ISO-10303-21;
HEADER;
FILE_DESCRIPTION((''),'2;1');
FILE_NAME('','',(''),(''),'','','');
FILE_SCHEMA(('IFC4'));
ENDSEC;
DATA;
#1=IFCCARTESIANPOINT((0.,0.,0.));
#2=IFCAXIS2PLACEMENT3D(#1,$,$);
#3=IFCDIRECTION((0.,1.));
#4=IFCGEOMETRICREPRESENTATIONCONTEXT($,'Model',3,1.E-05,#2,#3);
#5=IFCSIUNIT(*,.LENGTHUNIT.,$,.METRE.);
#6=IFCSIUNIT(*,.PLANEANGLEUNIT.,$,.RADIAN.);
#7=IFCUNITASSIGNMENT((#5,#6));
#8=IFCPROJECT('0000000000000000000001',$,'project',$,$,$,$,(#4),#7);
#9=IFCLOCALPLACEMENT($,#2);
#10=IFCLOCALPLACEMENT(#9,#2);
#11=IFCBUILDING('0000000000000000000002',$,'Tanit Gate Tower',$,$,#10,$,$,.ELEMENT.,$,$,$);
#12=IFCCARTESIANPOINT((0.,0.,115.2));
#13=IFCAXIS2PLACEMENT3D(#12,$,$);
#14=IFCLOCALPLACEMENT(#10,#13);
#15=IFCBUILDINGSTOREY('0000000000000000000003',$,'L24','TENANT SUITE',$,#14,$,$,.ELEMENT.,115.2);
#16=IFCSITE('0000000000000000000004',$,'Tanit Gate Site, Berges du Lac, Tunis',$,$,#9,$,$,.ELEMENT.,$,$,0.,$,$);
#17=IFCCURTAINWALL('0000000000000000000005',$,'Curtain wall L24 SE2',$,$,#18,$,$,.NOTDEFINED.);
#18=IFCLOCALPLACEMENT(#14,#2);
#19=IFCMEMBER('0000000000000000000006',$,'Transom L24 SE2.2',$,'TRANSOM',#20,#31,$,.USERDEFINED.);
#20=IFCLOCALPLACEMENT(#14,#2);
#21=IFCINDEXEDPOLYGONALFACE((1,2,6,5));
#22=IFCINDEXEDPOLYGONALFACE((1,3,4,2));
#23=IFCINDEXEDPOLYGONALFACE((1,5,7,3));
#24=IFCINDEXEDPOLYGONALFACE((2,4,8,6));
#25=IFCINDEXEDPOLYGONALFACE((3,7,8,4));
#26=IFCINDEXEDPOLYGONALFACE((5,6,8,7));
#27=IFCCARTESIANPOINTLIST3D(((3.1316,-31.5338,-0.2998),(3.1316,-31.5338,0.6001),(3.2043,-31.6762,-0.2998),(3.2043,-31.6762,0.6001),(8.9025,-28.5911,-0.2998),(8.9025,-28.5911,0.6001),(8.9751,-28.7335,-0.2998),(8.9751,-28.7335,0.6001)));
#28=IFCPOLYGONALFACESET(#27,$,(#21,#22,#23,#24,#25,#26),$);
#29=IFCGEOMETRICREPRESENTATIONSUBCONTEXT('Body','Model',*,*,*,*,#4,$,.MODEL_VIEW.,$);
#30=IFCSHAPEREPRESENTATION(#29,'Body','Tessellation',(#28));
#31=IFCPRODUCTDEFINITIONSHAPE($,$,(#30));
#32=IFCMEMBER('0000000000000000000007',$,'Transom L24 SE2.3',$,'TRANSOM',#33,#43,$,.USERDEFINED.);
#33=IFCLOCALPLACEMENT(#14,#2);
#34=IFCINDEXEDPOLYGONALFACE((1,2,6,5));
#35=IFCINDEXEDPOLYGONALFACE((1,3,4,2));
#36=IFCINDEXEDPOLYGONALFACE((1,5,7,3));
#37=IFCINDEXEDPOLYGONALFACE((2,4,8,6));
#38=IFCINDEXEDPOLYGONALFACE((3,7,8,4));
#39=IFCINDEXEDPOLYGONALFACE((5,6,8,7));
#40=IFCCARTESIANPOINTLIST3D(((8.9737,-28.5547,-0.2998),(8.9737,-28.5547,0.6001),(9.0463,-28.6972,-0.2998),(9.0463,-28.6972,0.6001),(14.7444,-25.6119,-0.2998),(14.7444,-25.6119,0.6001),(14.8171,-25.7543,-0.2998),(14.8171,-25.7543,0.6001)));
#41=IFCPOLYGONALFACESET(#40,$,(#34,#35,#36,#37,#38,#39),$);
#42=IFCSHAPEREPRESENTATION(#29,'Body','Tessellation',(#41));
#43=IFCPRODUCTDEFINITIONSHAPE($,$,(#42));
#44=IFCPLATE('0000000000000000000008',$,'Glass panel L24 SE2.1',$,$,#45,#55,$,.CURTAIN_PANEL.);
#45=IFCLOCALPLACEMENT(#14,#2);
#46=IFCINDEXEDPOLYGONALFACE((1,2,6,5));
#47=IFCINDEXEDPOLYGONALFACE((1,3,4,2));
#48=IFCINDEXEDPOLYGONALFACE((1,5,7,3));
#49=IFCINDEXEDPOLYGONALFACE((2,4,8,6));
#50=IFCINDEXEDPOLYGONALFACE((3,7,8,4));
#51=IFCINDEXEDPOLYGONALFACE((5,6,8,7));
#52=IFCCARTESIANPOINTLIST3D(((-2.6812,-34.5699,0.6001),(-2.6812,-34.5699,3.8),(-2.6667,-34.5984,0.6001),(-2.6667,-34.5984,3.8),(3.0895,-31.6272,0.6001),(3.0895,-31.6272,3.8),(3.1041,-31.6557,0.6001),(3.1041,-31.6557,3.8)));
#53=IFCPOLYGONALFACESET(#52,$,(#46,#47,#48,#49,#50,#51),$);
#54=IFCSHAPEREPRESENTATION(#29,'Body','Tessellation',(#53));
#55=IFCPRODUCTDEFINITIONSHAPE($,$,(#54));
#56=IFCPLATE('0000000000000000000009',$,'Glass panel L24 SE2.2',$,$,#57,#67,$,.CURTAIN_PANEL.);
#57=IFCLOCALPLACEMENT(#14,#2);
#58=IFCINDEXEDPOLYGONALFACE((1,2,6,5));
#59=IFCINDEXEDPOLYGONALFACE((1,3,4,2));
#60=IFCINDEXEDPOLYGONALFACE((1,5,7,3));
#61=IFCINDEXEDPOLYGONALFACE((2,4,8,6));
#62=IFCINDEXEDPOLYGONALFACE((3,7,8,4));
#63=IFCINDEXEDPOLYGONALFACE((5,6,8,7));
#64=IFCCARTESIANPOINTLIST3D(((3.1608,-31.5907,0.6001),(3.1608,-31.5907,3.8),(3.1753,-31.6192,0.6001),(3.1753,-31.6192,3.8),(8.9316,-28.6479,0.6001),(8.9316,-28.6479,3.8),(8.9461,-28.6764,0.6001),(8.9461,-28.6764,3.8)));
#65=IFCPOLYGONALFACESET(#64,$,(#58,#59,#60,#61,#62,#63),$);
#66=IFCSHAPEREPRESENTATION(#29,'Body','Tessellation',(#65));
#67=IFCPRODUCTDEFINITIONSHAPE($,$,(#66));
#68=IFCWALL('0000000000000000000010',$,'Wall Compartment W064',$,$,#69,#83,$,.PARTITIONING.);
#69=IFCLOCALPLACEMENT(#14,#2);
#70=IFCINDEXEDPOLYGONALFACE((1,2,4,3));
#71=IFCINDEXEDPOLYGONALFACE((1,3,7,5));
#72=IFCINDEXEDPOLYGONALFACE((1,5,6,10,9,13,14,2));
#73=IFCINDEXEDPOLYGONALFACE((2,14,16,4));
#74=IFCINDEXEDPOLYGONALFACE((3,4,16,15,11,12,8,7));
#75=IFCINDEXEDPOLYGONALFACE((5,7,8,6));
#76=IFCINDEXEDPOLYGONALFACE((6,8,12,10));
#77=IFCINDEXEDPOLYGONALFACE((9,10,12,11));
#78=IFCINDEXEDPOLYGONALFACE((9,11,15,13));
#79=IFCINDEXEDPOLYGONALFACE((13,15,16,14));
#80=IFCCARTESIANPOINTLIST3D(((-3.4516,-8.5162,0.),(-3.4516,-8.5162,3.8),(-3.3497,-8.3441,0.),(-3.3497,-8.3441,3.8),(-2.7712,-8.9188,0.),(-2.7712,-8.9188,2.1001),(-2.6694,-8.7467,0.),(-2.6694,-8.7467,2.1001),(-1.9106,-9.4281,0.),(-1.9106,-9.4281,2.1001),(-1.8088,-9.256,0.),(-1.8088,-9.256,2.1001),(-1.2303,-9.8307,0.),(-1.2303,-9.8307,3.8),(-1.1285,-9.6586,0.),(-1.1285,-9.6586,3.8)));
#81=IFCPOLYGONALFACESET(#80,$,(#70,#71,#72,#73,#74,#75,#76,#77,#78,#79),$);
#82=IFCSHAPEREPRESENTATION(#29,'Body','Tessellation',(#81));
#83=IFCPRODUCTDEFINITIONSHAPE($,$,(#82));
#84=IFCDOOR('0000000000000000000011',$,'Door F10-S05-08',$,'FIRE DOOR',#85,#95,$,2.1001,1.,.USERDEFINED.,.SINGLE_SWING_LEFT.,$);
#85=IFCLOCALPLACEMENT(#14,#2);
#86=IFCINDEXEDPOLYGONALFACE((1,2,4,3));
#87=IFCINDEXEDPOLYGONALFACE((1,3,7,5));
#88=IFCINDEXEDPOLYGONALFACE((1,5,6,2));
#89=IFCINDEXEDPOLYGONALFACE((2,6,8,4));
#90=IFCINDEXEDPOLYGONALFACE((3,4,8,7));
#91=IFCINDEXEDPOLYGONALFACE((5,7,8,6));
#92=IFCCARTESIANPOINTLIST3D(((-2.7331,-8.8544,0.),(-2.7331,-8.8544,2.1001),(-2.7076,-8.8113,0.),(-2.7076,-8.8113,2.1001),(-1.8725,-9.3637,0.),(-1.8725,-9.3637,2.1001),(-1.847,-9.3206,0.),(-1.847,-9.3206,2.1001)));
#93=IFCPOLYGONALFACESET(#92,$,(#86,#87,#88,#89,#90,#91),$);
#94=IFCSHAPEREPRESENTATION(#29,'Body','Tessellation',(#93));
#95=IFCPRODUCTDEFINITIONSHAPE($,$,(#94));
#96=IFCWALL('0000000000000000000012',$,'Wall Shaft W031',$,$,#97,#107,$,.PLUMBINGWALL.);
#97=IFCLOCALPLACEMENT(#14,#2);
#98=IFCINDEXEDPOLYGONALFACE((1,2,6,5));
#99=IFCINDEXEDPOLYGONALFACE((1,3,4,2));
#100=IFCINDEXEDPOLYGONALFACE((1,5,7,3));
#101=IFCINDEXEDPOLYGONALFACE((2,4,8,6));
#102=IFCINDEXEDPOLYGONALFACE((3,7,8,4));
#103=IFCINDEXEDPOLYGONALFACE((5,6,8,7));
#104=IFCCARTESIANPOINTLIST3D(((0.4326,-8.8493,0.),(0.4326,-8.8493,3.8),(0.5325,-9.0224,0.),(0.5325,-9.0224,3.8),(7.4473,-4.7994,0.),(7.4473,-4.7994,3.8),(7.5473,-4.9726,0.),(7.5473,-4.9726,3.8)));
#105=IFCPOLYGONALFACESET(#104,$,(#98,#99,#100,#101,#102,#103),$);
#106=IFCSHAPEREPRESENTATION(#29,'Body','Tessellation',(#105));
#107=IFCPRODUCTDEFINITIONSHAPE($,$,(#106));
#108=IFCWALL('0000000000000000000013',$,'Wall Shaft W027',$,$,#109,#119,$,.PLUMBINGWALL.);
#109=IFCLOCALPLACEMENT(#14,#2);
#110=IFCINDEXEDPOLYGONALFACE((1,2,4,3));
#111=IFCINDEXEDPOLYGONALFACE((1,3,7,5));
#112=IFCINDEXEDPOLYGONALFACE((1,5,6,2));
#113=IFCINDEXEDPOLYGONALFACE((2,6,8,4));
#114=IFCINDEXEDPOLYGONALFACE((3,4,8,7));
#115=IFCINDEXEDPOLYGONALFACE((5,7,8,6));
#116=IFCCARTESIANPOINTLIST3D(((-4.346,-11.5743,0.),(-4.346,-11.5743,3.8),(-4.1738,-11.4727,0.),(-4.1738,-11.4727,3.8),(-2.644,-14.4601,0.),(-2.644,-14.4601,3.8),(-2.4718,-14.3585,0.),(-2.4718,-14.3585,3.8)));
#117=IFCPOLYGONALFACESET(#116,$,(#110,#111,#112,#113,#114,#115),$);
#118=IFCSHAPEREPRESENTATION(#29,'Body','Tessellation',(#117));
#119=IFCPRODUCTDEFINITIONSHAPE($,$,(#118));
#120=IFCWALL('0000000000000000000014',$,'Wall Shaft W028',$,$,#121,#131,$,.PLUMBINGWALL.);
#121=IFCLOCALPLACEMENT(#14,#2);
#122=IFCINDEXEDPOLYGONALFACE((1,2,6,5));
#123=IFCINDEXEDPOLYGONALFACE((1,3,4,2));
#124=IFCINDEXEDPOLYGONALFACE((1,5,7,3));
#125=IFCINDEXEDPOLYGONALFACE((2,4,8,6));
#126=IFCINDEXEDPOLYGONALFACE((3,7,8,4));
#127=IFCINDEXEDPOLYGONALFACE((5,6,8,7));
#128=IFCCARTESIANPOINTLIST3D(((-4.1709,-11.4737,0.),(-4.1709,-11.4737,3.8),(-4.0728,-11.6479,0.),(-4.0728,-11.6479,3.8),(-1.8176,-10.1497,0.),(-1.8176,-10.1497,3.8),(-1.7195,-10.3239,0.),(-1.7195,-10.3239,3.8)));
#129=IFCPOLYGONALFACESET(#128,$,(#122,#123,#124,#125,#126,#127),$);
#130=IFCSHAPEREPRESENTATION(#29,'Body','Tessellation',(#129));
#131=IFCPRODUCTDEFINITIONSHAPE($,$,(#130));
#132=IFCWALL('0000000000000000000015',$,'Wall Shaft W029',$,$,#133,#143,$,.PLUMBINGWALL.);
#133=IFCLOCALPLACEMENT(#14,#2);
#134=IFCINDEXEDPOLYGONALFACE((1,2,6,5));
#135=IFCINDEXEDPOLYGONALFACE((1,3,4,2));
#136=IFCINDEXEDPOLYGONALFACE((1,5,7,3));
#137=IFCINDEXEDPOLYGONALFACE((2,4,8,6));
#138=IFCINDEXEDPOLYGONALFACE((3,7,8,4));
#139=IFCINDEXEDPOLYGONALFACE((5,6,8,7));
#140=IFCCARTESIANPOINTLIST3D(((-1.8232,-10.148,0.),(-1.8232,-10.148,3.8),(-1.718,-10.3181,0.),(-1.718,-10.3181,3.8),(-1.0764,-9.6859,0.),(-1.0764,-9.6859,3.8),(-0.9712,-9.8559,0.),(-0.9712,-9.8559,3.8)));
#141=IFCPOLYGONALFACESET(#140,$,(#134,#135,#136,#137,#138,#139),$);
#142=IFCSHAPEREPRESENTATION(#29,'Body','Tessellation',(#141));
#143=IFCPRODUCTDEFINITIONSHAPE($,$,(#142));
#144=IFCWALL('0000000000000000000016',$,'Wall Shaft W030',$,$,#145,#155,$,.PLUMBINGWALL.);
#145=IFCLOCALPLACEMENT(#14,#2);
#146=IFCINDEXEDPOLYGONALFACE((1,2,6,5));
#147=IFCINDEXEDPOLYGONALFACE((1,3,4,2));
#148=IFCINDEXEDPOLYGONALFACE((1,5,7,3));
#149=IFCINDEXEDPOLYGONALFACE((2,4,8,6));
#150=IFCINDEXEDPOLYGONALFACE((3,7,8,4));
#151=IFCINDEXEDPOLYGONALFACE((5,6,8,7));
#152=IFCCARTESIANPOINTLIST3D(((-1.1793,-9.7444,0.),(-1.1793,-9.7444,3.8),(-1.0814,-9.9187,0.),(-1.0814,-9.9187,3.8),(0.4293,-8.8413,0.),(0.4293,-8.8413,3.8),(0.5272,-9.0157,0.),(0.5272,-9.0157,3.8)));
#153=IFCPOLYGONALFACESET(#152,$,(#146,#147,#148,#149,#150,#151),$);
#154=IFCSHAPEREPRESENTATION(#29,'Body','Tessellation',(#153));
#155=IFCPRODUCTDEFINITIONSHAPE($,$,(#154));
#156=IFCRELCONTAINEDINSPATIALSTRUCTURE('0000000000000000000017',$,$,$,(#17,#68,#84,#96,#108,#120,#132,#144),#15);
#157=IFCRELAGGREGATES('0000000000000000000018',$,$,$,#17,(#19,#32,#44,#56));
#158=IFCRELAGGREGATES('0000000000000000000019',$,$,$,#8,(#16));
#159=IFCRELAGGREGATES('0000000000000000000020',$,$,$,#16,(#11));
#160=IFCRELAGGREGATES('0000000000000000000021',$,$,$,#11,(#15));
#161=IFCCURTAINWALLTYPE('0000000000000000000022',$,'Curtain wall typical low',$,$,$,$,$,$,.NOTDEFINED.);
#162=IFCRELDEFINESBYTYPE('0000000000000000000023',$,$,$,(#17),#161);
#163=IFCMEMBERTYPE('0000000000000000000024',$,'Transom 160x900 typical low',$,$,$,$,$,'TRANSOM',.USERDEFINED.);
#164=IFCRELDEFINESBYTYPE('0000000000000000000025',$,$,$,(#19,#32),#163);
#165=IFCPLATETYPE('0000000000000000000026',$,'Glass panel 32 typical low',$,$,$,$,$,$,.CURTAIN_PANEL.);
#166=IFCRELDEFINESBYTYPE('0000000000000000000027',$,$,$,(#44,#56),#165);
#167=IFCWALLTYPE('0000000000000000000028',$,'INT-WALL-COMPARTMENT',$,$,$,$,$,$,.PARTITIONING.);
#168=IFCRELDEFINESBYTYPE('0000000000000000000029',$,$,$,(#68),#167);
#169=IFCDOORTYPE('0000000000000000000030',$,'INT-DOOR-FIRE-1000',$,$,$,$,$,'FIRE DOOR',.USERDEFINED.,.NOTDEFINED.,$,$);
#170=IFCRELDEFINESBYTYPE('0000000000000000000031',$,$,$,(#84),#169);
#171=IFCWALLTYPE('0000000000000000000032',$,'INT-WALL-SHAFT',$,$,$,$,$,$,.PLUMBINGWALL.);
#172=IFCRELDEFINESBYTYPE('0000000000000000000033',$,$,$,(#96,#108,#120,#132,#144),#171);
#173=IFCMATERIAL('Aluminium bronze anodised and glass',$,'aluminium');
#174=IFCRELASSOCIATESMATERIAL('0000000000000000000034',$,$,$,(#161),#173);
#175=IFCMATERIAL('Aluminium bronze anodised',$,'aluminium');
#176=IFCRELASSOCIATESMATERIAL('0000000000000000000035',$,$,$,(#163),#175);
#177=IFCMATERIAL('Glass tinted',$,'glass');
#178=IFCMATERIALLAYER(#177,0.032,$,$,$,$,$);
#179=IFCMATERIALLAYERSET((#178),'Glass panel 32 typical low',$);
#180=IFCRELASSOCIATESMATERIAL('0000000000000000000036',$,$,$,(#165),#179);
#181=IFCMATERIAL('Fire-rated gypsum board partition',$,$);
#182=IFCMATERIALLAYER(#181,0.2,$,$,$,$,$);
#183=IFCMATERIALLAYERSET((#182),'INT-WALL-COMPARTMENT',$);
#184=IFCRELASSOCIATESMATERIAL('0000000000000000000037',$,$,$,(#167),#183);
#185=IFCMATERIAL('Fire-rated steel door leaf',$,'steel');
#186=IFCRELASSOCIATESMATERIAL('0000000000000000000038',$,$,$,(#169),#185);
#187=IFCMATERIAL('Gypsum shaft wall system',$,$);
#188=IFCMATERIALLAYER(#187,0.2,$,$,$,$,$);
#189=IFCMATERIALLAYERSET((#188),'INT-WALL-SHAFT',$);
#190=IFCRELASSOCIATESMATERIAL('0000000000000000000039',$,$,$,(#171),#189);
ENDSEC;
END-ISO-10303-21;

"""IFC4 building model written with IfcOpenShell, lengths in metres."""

from ifc_helpers import new_model, si_unit, direction, frame, frame_2d, origin, origin_2d, place, context, subcontext, project, spatial, rectangle, extrude, material, layer, layer_set, material_profile, profile_set, type_object, element, fill, aggregate, save


model = new_model("IFC4")

# Units and contexts
model_context = context("Model", 3, precision=1e-05, world=origin(), true_north=direction((0.0, 1.0)))
body_context = subcontext(model_context, "Body", "Model", "MODEL_VIEW")
ifc_project = project(units=[si_unit("LENGTHUNIT", "METRE"), si_unit("PLANEANGLEUNIT", "RADIAN")], contexts=[model_context])

# Site, building, storey
site_placement = place(None, origin())
site = spatial("IfcSite", under=ifc_project, at=site_placement, Name="Tanit Gate Site, Berges du Lac, Tunis", CompositionType="ELEMENT", RefElevation=0.0)
building_placement = place(site_placement, origin())
building = spatial("IfcBuilding", under=site, at=building_placement, Name="Tanit Gate Tower", CompositionType="ELEMENT")
storey_placement = place(building_placement, frame((0.0, 0.0, 115.2)))
storey = spatial("IfcBuildingStorey", under=building, at=storey_placement, Name="L24", Description="TENANT SUITE", CompositionType="ELEMENT", Elevation=115.2)

# Curtain wall
ifc_material_1 = material(Name="Aluminium bronze anodised and glass", Category="aluminium")
curtain_wall_type = type_object("IfcCurtainWallType", Name="Curtain wall typical low", PredefinedType="NOTDEFINED", material=ifc_material_1)
curtain_wall_1_placement = place(storey_placement, origin())
curtain_wall_1 = element("IfcCurtainWall", 1, at=curtain_wall_1_placement, inside=storey, type_object=curtain_wall_type, Name="Curtain wall L24 SE2", PredefinedType="NOTDEFINED")

# Members
ifc_material_2 = material(Name="Aluminium bronze anodised", Category="aluminium")
ifc_material_profile_1 = material_profile(ifc_material_2, rectangle(XDim=0.1599, YDim=0.8999, at=origin_2d()), Name="160x900 bronze transom")
ifc_profile_set_1 = profile_set([ifc_material_profile_1], Name="Aluminium bronze anodised")
member_type_1 = type_object("IfcMemberType", Name="Transom 160x900 typical low", ElementType="TRANSOM", PredefinedType="USERDEFINED", material=ifc_profile_set_1)
member_1_placement = place(storey_placement, frame((3.168, -31.605, 0.1501), z_axis=(0.890864, 0.45427, 0.0), x_axis=(-0.45427, 0.890864, 0.0)))
member_1 = element("IfcMember", 2, at=member_1_placement, type_object=member_type_1, Name="Transom L24 SE2.2", ObjectType="TRANSOM", PredefinedType="USERDEFINED", context=body_context, shape_type="SweptSolid", body=[
    extrude(rectangle(XDim=0.1599, YDim=0.8999, at=origin_2d()), origin(), (0.0, 0.0, 1.0), 6.4778),
])
member_2_placement = place(storey_placement, frame((9.01, -28.626, 0.1501), z_axis=(0.890849, 0.4543, 0.0), x_axis=(-0.4543, 0.890849, 0.0)))
member_2 = element("IfcMember", 3, at=member_2_placement, type_object=member_type_1, Name="Transom L24 SE2.3", ObjectType="TRANSOM", PredefinedType="USERDEFINED", context=body_context, shape_type="SweptSolid", body=[
    extrude(rectangle(XDim=0.1599, YDim=0.8999, at=origin_2d()), origin(), (0.0, 0.0, 1.0), 6.4778),
])

# Plates
ifc_material_3 = material(Name="Glass tinted", Category="glass")
ifc_layer_1 = layer(ifc_material_3, 0.032)
ifc_layer_set_1 = layer_set([ifc_layer_1], Name="Glass panel 32 typical low")
plate_type = type_object("IfcPlateType", Name="Glass panel 32 typical low", PredefinedType="CURTAIN_PANEL", material=ifc_layer_set_1)
plate_1_placement = place(storey_placement, frame((0.2114, -33.1128, 0.6001), z_axis=(0.0, 0.0, 1.0), x_axis=(0.890855, 0.454288, 0.0)))
plate_1 = element("IfcPlate", 4, at=plate_1_placement, type_object=plate_type, Name="Glass panel L24 SE2.1", PredefinedType="CURTAIN_PANEL", context=body_context, shape_type="SweptSolid", body=[
    extrude(rectangle(XDim=6.4778, YDim=0.032, at=origin_2d()), origin(), (0.0, 0.0, 1.0), 3.2),
])
plate_2_placement = place(storey_placement, frame((6.0535, -30.1335, 0.6001), z_axis=(0.0, 0.0, 1.0), x_axis=(0.890855, 0.454288, 0.0)))
plate_2 = element("IfcPlate", 5, at=plate_2_placement, type_object=plate_type, Name="Glass panel L24 SE2.2", PredefinedType="CURTAIN_PANEL", context=body_context, shape_type="SweptSolid", body=[
    extrude(rectangle(XDim=6.4778, YDim=0.032, at=origin_2d()), origin(), (0.0, 0.0, 1.0), 3.2),
])
aggregate(curtain_wall_1, [member_1, member_2, plate_1, plate_2])

# Wall, opening, door
ifc_material_4 = material(Name="Fire-rated gypsum board partition")
ifc_layer_2 = layer(ifc_material_4, 0.2)
ifc_layer_set_2 = layer_set([ifc_layer_2], Name="INT-WALL-COMPARTMENT")
wall_type_1 = type_object("IfcWallType", Name="INT-WALL-COMPARTMENT", PredefinedType="PARTITIONING", material=ifc_layer_set_2)
wall_1_placement = place(storey_placement, frame((-3.4006, -8.4302, 0.0), z_axis=(0.0, 0.0, 1.0), x_axis=(0.860599, -0.509284, 0.0)))
wall_1 = element("IfcWall", 6, at=wall_1_placement, inside=storey, type_object=wall_type_1, Name="Wall Compartment W064", PredefinedType="PARTITIONING", context=body_context, shape_type="SweptSolid", body=[
    extrude(rectangle(XDim=2.5811, YDim=0.2, at=frame_2d((1.2905, 0.0))), origin(), (0.0, 0.0, 1.0), 3.8),
])
opening_placement = place(wall_1_placement, frame((0.7905, 0.0, 0.0)))
opening = element("IfcOpeningElement", 7, at=opening_placement, cuts=wall_1, PredefinedType="OPENING", context=body_context, shape_type="SweptSolid", body=[
    extrude(rectangle(XDim=1.0, YDim=2.1001, at=frame_2d((0.5, 1.05))), frame((0.0, 0.1099, 0.0), z_axis=(0.0, -1.0, 0.0), x_axis=(1.0, 0.0, 0.0)), (0.0, 0.0, 1.0), 0.22),
])
ifc_material_5 = material(Name="Fire-rated steel door leaf", Category="steel")
door_type = type_object("IfcDoorType", Name="INT-DOOR-FIRE-1000", ElementType="FIRE DOOR", OperationType="NOTDEFINED", PredefinedType="USERDEFINED", material=ifc_material_5)
door_placement = place(opening_placement, origin())
door = element("IfcDoor", 8, at=door_placement, inside=storey, type_object=door_type, Name="Door F10-S05-08", ObjectType="FIRE DOOR", OperationType="SINGLE_SWING_LEFT", OverallHeight=2.1001, OverallWidth=1.0, PredefinedType="USERDEFINED", context=body_context, shape_type="SweptSolid", body=[
    extrude(rectangle(XDim=1.0, YDim=2.1001, at=frame_2d((0.5, 1.05))), frame((0.0, 0.0249, 0.0), z_axis=(0.0, -1.0, 0.0), x_axis=(1.0, 0.0, 0.0)), (0.0, 0.0, 1.0), 0.05),
])
fill(opening, door)

# Walls
ifc_material_6 = material(Name="Gypsum shaft wall system")
ifc_layer_3 = layer(ifc_material_6, 0.2)
ifc_layer_set_3 = layer_set([ifc_layer_3], Name="INT-WALL-SHAFT")
wall_type_2 = type_object("IfcWallType", Name="INT-WALL-SHAFT", PredefinedType="PLUMBINGWALL", material=ifc_layer_set_3)
wall_2_placement = place(storey_placement, frame((0.4827, -8.9358, 0.0), z_axis=(0.0, 0.0, 1.0), x_axis=(0.866031, 0.49999, 0.0)))
element("IfcWall", 9, at=wall_2_placement, inside=storey, type_object=wall_type_2, Name="Wall Shaft W031", PredefinedType="PLUMBINGWALL", context=body_context, shape_type="SweptSolid", body=[
    extrude(rectangle(XDim=8.0999, YDim=0.2, at=frame_2d((4.0498, 0.0))), origin(), (0.0, 0.0, 1.0), 3.8),
])
wall_3_placement = place(storey_placement, frame((-2.5579, -14.4094, 0.0), z_axis=(0.0, 0.0, 1.0), x_axis=(-0.507997, 0.861359, 0.0)))
element("IfcWall", 10, at=wall_3_placement, inside=storey, type_object=wall_type_2, Name="Wall Shaft W027", PredefinedType="PLUMBINGWALL", context=body_context, shape_type="SweptSolid", body=[
    extrude(rectangle(XDim=3.3503, YDim=0.2, at=frame_2d((1.6753, 0.0))), origin(), (0.0, 0.0, 1.0), 3.8),
])
wall_4_placement = place(storey_placement, frame((-1.7686, -10.2368, 0.0), z_axis=(0.0, 0.0, 1.0), x_axis=(-0.871534, -0.490334, 0.0)))
element("IfcWall", 11, at=wall_4_placement, inside=storey, type_object=wall_type_2, Name="Wall Shaft W028", PredefinedType="PLUMBINGWALL", context=body_context, shape_type="SweptSolid", body=[
    extrude(rectangle(XDim=2.7002, YDim=0.2, at=frame_2d((1.3501, 0.0))), origin(), (0.0, 0.0, 1.0), 3.8),
])
wall_5_placement = place(storey_placement, frame((-1.0239, -9.771, 0.0), z_axis=(0.0, 0.0, 1.0), x_axis=(-0.850348, -0.526221, 0.0)))
element("IfcWall", 12, at=wall_5_placement, inside=storey, type_object=wall_type_2, Name="Wall Shaft W029", PredefinedType="PLUMBINGWALL", context=body_context, shape_type="SweptSolid", body=[
    extrude(rectangle(XDim=0.8782, YDim=0.2, at=frame_2d((0.439, 0.0))), origin(), (0.0, 0.0, 1.0), 3.8),
])
wall_6_placement = place(storey_placement, frame((-1.1304, -9.8315, 0.0), z_axis=(0.0, 0.0, 1.0), x_axis=(0.871989, 0.489526, 0.0)))
element("IfcWall", 13, at=wall_6_placement, inside=storey, type_object=wall_type_2, Name="Wall Shaft W030", PredefinedType="PLUMBINGWALL", context=body_context, shape_type="SweptSolid", body=[
    extrude(rectangle(XDim=1.8447, YDim=0.2, at=frame_2d((0.9224, 0.0))), origin(), (0.0, 0.0, 1.0), 3.8),
])

save(model, "model.ifc")
